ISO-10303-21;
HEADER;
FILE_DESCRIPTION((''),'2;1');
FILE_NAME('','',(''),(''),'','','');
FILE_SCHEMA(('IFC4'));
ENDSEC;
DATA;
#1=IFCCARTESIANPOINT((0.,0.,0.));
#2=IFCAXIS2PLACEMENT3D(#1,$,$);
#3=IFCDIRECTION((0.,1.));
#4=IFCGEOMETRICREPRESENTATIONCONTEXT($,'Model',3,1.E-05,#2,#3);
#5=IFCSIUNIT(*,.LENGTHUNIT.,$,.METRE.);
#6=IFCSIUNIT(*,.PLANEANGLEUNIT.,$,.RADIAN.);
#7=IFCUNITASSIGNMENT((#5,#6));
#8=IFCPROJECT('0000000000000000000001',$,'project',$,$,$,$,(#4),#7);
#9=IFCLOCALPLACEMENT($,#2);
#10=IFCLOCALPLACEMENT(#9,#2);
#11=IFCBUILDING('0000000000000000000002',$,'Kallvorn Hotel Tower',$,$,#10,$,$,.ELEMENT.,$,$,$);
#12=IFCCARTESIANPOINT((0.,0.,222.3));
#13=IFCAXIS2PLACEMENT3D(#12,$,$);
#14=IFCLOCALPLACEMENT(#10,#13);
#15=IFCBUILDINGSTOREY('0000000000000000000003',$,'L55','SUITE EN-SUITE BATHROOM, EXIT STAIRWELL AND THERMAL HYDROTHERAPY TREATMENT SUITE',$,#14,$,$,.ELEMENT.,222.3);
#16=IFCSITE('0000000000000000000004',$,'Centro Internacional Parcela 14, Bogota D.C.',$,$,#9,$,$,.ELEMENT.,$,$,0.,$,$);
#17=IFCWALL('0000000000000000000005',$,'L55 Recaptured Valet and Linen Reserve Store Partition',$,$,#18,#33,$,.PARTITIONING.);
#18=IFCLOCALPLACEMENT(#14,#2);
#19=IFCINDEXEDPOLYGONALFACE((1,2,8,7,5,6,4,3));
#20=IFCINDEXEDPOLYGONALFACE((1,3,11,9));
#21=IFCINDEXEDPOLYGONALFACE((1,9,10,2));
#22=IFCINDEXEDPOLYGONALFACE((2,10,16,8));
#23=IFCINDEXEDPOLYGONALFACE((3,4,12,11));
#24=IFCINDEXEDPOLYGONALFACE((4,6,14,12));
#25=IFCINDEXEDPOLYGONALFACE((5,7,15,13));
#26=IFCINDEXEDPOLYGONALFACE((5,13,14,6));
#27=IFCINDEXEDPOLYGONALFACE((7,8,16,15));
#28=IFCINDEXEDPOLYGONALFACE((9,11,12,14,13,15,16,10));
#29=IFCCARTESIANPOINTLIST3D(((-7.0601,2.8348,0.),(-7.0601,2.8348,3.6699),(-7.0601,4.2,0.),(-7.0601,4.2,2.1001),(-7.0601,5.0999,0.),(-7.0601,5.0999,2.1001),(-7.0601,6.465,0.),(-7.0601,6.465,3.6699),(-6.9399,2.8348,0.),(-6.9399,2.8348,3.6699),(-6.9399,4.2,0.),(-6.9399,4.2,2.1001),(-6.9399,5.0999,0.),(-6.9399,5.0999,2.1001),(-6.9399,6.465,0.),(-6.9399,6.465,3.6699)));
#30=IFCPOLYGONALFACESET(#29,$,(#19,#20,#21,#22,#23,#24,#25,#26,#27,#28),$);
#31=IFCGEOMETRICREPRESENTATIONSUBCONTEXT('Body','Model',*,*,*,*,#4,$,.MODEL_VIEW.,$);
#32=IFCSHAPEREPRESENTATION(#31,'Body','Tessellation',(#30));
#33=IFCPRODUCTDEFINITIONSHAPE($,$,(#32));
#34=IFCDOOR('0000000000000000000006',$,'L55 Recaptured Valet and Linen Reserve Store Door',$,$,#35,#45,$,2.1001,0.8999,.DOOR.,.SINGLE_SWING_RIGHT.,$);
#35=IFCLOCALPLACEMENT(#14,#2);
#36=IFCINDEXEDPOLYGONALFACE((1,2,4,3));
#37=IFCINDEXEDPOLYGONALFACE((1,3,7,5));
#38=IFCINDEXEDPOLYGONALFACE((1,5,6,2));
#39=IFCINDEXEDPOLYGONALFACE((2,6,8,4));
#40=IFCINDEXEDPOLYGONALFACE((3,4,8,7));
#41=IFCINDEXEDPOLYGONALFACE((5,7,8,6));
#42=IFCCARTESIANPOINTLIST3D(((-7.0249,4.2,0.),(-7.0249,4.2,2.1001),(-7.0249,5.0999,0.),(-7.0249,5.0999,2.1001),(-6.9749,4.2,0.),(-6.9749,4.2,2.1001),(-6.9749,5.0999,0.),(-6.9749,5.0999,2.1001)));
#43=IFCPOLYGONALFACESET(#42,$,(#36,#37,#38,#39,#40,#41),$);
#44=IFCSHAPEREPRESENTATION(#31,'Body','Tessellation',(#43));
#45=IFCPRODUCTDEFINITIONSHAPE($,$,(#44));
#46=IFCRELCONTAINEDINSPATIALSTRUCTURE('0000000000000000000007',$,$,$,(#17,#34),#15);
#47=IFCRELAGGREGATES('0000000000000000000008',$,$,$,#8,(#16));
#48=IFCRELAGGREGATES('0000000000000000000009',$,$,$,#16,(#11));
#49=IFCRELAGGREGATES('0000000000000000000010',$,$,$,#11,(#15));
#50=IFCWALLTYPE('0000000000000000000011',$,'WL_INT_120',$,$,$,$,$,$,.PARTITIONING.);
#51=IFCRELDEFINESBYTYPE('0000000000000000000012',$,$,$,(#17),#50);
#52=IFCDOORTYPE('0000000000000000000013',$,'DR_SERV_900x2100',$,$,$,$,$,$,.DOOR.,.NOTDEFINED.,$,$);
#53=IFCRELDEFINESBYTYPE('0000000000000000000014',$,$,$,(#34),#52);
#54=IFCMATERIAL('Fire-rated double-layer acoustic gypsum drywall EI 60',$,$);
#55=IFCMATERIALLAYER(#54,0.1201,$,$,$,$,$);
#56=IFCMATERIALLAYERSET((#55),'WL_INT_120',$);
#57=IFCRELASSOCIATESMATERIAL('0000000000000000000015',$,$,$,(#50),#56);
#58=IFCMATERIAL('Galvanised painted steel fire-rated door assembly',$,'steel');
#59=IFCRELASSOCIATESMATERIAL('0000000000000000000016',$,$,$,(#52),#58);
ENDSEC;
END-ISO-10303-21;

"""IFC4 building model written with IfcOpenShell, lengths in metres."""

from ifc_helpers import new_model, si_unit, direction, frame, frame_2d, origin, place, context, subcontext, project, spatial, rectangle, extrude, material, layer, layer_set, type_object, element, fill, save


model = new_model("IFC4")

# Units and contexts
model_context = context("Model", 3, precision=1e-05, world=origin(), true_north=direction((0.0, 1.0)))
body_context = subcontext(model_context, "Body", "Model", "MODEL_VIEW")
ifc_project = project(units=[si_unit("LENGTHUNIT", "METRE"), si_unit("PLANEANGLEUNIT", "RADIAN")], contexts=[model_context])

# Site, building, storey
site_placement = place(None, origin())
site = spatial("IfcSite", under=ifc_project, at=site_placement, Name="Centro Internacional Parcela 14, Bogota D.C.", CompositionType="ELEMENT", RefElevation=0.0)
building_placement = place(site_placement, origin())
building = spatial("IfcBuilding", under=site, at=building_placement, Name="Kallvorn Hotel Tower", CompositionType="ELEMENT")
storey_placement = place(building_placement, frame((0.0, 0.0, 222.3)))
storey = spatial("IfcBuildingStorey", under=building, at=storey_placement, Name="L55", Description="SUITE EN-SUITE BATHROOM, EXIT STAIRWELL AND THERMAL HYDROTHERAPY TREATMENT SUITE", CompositionType="ELEMENT", Elevation=222.3)

# Shared definitions
ifc_material_1 = material(Name="Fire-rated double-layer acoustic gypsum drywall EI 60")
ifc_layer_1 = layer(ifc_material_1, 0.1201)
ifc_layer_set_1 = layer_set([ifc_layer_1], Name="WL_INT_120")
wall_type_1 = type_object("IfcWallType", Name="WL_INT_120", PredefinedType="PARTITIONING", material=ifc_layer_set_1)

# Wall, opening, door
wall_1_placement = place(storey_placement, frame((-7.0, 2.835, 0.0), z_axis=(0.0, 0.0, 1.0), x_axis=(0.0, 1.0, 0.0)))
wall_1 = element("IfcWall", 1, at=wall_1_placement, inside=storey, type_object=wall_type_1, Name="L55 Recaptured Valet and Linen Reserve Store Partition", PredefinedType="PARTITIONING", context=body_context, shape_type="SweptSolid", body=[
    extrude(rectangle(XDim=3.6301, YDim=0.1201, at=frame_2d((1.8149, 0.0))), origin(), (0.0, 0.0, 1.0), 3.6699),
])
opening_1_placement = place(wall_1_placement, frame((1.365, 0.0, 0.0)))
opening_1 = element("IfcOpeningElement", 2, at=opening_1_placement, cuts=wall_1, PredefinedType="OPENING", context=body_context, shape_type="SweptSolid", body=[
    extrude(rectangle(XDim=0.8999, YDim=2.1001, at=frame_2d((0.45, 1.05))), frame((0.0, 0.075, 0.0), z_axis=(0.0, -1.0, 0.0), x_axis=(1.0, 0.0, 0.0)), (0.0, 0.0, 1.0), 0.1501),
])
ifc_material_2 = material(Name="Galvanised painted steel fire-rated door assembly", Category="steel")
door_type_1 = type_object("IfcDoorType", Name="DR_SERV_900x2100", OperationType="NOTDEFINED", PredefinedType="DOOR", material=ifc_material_2)
door_1_placement = place(opening_1_placement, origin())
door_1 = element("IfcDoor", 3, at=door_1_placement, inside=storey, type_object=door_type_1, Name="L55 Recaptured Valet and Linen Reserve Store Door", OperationType="SINGLE_SWING_RIGHT", OverallHeight=2.1001, OverallWidth=0.8999, PredefinedType="DOOR", context=body_context, shape_type="SweptSolid", body=[
    extrude(rectangle(XDim=0.8999, YDim=2.1001, at=frame_2d((0.45, 1.05))), frame((0.0, 0.0249, 0.0), z_axis=(0.0, -1.0, 0.0), x_axis=(1.0, 0.0, 0.0)), (0.0, 0.0, 1.0), 0.05),
])
fill(opening_1, door_1)

save(model, "model.ifc")
